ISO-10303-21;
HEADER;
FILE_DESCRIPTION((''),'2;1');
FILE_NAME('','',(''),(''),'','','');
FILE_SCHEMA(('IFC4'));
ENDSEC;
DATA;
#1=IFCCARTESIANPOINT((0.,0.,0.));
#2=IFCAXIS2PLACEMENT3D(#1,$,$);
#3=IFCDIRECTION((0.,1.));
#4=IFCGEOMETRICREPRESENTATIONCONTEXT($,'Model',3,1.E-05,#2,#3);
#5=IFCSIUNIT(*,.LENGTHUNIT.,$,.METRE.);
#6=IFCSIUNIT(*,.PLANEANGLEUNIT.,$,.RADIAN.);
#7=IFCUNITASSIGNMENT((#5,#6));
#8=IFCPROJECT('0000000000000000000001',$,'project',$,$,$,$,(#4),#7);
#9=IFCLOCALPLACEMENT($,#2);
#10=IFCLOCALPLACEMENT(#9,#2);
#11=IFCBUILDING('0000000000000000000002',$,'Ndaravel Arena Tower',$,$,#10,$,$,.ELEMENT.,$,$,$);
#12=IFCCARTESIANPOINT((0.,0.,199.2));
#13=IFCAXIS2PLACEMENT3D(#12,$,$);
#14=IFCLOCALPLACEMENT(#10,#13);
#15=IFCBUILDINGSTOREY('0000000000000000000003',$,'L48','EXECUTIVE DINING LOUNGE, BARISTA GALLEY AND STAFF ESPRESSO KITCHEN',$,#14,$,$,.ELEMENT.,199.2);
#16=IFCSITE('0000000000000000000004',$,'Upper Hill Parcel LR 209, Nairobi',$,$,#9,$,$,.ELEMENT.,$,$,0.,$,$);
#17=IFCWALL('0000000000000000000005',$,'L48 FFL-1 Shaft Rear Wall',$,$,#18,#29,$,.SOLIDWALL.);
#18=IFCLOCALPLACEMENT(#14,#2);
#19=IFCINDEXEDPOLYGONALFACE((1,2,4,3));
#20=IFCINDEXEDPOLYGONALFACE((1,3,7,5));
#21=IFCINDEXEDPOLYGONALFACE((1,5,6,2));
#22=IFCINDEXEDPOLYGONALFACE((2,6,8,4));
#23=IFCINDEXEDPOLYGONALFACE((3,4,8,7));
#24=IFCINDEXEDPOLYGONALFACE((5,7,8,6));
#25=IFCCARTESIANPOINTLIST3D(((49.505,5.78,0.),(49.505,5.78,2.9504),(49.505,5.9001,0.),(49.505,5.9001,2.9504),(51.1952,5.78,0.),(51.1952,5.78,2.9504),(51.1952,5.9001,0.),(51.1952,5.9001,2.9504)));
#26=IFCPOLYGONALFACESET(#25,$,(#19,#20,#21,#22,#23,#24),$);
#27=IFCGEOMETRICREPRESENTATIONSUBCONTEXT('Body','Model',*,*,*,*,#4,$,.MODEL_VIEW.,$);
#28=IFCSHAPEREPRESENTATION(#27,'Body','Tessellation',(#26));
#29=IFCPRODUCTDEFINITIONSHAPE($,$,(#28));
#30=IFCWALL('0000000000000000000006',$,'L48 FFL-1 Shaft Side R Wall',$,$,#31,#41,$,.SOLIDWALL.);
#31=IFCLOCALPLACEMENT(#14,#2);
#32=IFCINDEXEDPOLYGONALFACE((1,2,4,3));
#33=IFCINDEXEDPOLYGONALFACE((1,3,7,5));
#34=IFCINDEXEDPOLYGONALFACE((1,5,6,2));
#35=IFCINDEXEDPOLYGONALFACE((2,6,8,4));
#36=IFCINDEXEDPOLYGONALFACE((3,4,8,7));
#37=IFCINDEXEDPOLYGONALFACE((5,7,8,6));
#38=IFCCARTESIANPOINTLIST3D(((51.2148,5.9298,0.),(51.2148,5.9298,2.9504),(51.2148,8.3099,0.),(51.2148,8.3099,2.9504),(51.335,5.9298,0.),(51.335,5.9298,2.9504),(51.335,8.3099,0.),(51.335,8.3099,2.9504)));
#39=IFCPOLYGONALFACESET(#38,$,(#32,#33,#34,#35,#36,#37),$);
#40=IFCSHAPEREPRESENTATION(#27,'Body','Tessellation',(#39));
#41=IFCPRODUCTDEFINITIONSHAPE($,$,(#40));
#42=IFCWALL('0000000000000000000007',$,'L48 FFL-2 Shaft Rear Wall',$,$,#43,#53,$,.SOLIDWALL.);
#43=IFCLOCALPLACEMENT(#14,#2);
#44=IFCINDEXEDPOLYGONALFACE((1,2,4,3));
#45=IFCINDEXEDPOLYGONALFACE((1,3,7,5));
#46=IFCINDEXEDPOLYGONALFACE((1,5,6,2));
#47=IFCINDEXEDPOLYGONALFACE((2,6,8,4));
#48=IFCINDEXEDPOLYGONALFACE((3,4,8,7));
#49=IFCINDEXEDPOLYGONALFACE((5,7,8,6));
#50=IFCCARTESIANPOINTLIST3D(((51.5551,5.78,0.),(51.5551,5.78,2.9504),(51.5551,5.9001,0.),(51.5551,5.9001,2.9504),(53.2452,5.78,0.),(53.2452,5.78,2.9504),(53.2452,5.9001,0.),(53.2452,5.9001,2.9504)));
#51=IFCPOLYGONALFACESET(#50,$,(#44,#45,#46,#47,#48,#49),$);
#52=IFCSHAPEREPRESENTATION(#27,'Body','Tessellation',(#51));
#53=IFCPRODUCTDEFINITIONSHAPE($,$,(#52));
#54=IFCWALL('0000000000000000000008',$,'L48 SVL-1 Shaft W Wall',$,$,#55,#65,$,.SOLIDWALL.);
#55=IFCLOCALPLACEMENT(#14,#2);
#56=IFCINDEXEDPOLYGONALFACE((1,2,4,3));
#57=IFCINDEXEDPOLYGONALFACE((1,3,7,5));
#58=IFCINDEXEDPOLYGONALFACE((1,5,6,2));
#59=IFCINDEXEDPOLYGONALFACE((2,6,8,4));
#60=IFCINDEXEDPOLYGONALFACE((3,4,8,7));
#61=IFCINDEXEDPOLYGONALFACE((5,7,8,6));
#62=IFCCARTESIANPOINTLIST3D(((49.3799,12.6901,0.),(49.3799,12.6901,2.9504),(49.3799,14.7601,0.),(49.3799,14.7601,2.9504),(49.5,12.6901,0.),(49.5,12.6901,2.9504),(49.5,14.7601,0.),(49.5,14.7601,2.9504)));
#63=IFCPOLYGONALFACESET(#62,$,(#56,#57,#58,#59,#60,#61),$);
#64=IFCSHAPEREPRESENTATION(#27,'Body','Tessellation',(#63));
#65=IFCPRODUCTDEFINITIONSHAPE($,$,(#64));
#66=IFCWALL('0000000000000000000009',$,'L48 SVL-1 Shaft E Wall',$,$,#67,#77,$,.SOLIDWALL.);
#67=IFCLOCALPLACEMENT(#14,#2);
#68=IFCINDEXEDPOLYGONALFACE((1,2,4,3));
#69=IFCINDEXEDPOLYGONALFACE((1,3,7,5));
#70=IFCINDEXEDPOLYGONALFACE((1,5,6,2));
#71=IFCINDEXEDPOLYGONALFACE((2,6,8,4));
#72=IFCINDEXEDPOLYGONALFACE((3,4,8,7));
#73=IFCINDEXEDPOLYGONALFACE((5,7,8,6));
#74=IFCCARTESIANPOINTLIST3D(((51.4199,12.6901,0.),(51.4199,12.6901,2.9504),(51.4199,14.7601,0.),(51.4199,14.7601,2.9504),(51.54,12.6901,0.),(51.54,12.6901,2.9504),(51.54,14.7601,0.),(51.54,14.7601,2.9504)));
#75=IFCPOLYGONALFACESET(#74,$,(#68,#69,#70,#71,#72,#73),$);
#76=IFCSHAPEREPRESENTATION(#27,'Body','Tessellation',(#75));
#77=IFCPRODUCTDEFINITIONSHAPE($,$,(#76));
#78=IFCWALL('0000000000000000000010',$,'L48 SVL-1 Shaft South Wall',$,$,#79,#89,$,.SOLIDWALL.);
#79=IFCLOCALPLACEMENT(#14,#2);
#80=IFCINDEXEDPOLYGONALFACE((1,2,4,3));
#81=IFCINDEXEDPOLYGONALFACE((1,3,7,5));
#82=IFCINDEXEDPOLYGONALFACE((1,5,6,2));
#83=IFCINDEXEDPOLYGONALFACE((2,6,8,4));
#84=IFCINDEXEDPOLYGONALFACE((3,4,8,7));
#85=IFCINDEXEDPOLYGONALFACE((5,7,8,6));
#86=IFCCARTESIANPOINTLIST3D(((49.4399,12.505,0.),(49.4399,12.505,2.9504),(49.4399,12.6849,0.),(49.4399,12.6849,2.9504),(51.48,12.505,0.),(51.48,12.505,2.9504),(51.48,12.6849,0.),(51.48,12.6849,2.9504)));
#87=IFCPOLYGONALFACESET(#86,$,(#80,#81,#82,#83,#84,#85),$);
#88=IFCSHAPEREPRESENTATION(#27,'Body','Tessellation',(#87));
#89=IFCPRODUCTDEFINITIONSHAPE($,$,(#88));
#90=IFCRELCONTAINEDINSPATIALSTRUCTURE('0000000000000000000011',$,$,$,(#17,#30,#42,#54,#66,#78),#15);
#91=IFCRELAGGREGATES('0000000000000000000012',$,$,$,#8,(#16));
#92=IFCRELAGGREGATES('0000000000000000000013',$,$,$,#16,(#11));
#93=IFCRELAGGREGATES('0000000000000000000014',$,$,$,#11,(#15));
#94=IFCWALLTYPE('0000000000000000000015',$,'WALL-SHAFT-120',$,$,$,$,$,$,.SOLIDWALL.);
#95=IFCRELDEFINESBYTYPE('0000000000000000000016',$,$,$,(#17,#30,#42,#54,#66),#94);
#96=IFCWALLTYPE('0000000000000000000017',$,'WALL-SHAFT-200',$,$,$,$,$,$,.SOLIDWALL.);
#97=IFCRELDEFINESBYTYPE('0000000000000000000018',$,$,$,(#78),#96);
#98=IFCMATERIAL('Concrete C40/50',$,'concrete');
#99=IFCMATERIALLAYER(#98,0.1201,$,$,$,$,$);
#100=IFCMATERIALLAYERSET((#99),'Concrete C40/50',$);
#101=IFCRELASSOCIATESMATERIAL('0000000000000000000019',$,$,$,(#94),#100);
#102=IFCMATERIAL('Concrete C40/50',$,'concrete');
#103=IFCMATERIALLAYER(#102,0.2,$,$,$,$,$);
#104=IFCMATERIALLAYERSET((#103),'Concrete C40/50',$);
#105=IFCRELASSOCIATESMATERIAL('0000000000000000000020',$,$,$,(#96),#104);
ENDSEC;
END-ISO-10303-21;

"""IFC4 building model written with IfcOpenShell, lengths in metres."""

from ifc_helpers import new_model, si_unit, direction, frame, frame_2d, origin, place, context, subcontext, project, spatial, rectangle, extrude, material, layer, layer_set, type_object, element, save


model = new_model("IFC4")

# Units and contexts
model_context = context("Model", 3, precision=1e-05, world=origin(), true_north=direction((0.0, 1.0)))
body_context = subcontext(model_context, "Body", "Model", "MODEL_VIEW")
ifc_project = project(units=[si_unit("LENGTHUNIT", "METRE"), si_unit("PLANEANGLEUNIT", "RADIAN")], contexts=[model_context])

# Site, building, storey
site_placement = place(None, origin())
site = spatial("IfcSite", under=ifc_project, at=site_placement, Name="Upper Hill Parcel LR 209, Nairobi", CompositionType="ELEMENT", RefElevation=0.0)
building_placement = place(site_placement, origin())
building = spatial("IfcBuilding", under=site, at=building_placement, Name="Ndaravel Arena Tower", CompositionType="ELEMENT")
storey_placement = place(building_placement, frame((0.0, 0.0, 199.2)))
storey = spatial("IfcBuildingStorey", under=building, at=storey_placement, Name="L48", Description="EXECUTIVE DINING LOUNGE, BARISTA GALLEY AND STAFF ESPRESSO KITCHEN", CompositionType="ELEMENT", Elevation=199.2)

# Walls
ifc_material_1 = material(Name="Concrete C40/50", Category="concrete")
ifc_layer_1 = layer(ifc_material_1, 0.1201)
ifc_layer_set_1 = layer_set([ifc_layer_1], Name="Concrete C40/50")
wall_type_1 = type_object("IfcWallType", Name="WALL-SHAFT-120", PredefinedType="SOLIDWALL", material=ifc_layer_set_1)
wall_1_placement = place(storey_placement, frame((49.5049, 5.8401, 0.0), z_axis=(0.0, 0.0, 1.0), x_axis=(1.0, 0.0, 0.0)))
element("IfcWall", 1, at=wall_1_placement, inside=storey, type_object=wall_type_1, Name="L48 FFL-1 Shaft Rear Wall", PredefinedType="SOLIDWALL", context=body_context, shape_type="SweptSolid", body=[
    extrude(rectangle(XDim=1.6902, YDim=0.1201, at=frame_2d((0.8452, 0.0))), origin(), (0.0, 0.0, 1.0), 2.9504),
])
wall_2_placement = place(storey_placement, frame((51.2749, 5.9299, 0.0), z_axis=(0.0, 0.0, 1.0), x_axis=(0.0, 1.0, 0.0)))
element("IfcWall", 2, at=wall_2_placement, inside=storey, type_object=wall_type_1, Name="L48 FFL-1 Shaft Side R Wall", PredefinedType="SOLIDWALL", context=body_context, shape_type="SweptSolid", body=[
    extrude(rectangle(XDim=2.3801, YDim=0.1201, at=frame_2d((1.1899, 0.0))), origin(), (0.0, 0.0, 1.0), 2.9504),
])
wall_3_placement = place(storey_placement, frame((51.5549, 5.8401, 0.0), z_axis=(0.0, 0.0, 1.0), x_axis=(1.0, 0.0, 0.0)))
element("IfcWall", 3, at=wall_3_placement, inside=storey, type_object=wall_type_1, Name="L48 FFL-2 Shaft Rear Wall", PredefinedType="SOLIDWALL", context=body_context, shape_type="SweptSolid", body=[
    extrude(rectangle(XDim=1.6902, YDim=0.1201, at=frame_2d((0.8452, 0.0))), origin(), (0.0, 0.0, 1.0), 2.9504),
])
for number, where, z_axis, x_axis, name in (
    (4, (49.4399, 12.6899, 0.0), (0.0, 0.0, 1.0), (0.0, 1.0, 0.0), "L48 SVL-1 Shaft W Wall"),
    (5, (51.48, 12.6899, 0.0), (0.0, 0.0, 1.0), (0.0, 1.0, 0.0), "L48 SVL-1 Shaft E Wall"),
):
    element("IfcWall", number, at=place(storey_placement, frame(where, z_axis=z_axis, x_axis=x_axis)), inside=storey, type_object=wall_type_1, Name=name, PredefinedType="SOLIDWALL", context=body_context, shape_type="SweptSolid", body=[
        extrude(rectangle(XDim=2.0701, YDim=0.1201, at=frame_2d((1.0352, 0.0))), origin(), (0.0, 0.0, 1.0), 2.9504),
    ])

# Shared definitions
ifc_material_2 = material(Name="Concrete C40/50", Category="concrete")
ifc_layer_2 = layer(ifc_material_2, 0.2)
ifc_layer_set_2 = layer_set([ifc_layer_2], Name="Concrete C40/50")
wall_type_2 = type_object("IfcWallType", Name="WALL-SHAFT-200", PredefinedType="SOLIDWALL", material=ifc_layer_set_2)

# Wall
wall_4_placement = place(storey_placement, frame((49.4399, 12.595, 0.0), z_axis=(0.0, 0.0, 1.0), x_axis=(1.0, 0.0, 0.0)))
element("IfcWall", 6, at=wall_4_placement, inside=storey, type_object=wall_type_2, Name="L48 SVL-1 Shaft South Wall", PredefinedType="SOLIDWALL", context=body_context, shape_type="SweptSolid", body=[
    extrude(rectangle(XDim=2.04, YDim=0.1799, at=frame_2d((1.02, 0.0))), origin(), (0.0, 0.0, 1.0), 2.9504),
])

save(model, "model.ifc")
